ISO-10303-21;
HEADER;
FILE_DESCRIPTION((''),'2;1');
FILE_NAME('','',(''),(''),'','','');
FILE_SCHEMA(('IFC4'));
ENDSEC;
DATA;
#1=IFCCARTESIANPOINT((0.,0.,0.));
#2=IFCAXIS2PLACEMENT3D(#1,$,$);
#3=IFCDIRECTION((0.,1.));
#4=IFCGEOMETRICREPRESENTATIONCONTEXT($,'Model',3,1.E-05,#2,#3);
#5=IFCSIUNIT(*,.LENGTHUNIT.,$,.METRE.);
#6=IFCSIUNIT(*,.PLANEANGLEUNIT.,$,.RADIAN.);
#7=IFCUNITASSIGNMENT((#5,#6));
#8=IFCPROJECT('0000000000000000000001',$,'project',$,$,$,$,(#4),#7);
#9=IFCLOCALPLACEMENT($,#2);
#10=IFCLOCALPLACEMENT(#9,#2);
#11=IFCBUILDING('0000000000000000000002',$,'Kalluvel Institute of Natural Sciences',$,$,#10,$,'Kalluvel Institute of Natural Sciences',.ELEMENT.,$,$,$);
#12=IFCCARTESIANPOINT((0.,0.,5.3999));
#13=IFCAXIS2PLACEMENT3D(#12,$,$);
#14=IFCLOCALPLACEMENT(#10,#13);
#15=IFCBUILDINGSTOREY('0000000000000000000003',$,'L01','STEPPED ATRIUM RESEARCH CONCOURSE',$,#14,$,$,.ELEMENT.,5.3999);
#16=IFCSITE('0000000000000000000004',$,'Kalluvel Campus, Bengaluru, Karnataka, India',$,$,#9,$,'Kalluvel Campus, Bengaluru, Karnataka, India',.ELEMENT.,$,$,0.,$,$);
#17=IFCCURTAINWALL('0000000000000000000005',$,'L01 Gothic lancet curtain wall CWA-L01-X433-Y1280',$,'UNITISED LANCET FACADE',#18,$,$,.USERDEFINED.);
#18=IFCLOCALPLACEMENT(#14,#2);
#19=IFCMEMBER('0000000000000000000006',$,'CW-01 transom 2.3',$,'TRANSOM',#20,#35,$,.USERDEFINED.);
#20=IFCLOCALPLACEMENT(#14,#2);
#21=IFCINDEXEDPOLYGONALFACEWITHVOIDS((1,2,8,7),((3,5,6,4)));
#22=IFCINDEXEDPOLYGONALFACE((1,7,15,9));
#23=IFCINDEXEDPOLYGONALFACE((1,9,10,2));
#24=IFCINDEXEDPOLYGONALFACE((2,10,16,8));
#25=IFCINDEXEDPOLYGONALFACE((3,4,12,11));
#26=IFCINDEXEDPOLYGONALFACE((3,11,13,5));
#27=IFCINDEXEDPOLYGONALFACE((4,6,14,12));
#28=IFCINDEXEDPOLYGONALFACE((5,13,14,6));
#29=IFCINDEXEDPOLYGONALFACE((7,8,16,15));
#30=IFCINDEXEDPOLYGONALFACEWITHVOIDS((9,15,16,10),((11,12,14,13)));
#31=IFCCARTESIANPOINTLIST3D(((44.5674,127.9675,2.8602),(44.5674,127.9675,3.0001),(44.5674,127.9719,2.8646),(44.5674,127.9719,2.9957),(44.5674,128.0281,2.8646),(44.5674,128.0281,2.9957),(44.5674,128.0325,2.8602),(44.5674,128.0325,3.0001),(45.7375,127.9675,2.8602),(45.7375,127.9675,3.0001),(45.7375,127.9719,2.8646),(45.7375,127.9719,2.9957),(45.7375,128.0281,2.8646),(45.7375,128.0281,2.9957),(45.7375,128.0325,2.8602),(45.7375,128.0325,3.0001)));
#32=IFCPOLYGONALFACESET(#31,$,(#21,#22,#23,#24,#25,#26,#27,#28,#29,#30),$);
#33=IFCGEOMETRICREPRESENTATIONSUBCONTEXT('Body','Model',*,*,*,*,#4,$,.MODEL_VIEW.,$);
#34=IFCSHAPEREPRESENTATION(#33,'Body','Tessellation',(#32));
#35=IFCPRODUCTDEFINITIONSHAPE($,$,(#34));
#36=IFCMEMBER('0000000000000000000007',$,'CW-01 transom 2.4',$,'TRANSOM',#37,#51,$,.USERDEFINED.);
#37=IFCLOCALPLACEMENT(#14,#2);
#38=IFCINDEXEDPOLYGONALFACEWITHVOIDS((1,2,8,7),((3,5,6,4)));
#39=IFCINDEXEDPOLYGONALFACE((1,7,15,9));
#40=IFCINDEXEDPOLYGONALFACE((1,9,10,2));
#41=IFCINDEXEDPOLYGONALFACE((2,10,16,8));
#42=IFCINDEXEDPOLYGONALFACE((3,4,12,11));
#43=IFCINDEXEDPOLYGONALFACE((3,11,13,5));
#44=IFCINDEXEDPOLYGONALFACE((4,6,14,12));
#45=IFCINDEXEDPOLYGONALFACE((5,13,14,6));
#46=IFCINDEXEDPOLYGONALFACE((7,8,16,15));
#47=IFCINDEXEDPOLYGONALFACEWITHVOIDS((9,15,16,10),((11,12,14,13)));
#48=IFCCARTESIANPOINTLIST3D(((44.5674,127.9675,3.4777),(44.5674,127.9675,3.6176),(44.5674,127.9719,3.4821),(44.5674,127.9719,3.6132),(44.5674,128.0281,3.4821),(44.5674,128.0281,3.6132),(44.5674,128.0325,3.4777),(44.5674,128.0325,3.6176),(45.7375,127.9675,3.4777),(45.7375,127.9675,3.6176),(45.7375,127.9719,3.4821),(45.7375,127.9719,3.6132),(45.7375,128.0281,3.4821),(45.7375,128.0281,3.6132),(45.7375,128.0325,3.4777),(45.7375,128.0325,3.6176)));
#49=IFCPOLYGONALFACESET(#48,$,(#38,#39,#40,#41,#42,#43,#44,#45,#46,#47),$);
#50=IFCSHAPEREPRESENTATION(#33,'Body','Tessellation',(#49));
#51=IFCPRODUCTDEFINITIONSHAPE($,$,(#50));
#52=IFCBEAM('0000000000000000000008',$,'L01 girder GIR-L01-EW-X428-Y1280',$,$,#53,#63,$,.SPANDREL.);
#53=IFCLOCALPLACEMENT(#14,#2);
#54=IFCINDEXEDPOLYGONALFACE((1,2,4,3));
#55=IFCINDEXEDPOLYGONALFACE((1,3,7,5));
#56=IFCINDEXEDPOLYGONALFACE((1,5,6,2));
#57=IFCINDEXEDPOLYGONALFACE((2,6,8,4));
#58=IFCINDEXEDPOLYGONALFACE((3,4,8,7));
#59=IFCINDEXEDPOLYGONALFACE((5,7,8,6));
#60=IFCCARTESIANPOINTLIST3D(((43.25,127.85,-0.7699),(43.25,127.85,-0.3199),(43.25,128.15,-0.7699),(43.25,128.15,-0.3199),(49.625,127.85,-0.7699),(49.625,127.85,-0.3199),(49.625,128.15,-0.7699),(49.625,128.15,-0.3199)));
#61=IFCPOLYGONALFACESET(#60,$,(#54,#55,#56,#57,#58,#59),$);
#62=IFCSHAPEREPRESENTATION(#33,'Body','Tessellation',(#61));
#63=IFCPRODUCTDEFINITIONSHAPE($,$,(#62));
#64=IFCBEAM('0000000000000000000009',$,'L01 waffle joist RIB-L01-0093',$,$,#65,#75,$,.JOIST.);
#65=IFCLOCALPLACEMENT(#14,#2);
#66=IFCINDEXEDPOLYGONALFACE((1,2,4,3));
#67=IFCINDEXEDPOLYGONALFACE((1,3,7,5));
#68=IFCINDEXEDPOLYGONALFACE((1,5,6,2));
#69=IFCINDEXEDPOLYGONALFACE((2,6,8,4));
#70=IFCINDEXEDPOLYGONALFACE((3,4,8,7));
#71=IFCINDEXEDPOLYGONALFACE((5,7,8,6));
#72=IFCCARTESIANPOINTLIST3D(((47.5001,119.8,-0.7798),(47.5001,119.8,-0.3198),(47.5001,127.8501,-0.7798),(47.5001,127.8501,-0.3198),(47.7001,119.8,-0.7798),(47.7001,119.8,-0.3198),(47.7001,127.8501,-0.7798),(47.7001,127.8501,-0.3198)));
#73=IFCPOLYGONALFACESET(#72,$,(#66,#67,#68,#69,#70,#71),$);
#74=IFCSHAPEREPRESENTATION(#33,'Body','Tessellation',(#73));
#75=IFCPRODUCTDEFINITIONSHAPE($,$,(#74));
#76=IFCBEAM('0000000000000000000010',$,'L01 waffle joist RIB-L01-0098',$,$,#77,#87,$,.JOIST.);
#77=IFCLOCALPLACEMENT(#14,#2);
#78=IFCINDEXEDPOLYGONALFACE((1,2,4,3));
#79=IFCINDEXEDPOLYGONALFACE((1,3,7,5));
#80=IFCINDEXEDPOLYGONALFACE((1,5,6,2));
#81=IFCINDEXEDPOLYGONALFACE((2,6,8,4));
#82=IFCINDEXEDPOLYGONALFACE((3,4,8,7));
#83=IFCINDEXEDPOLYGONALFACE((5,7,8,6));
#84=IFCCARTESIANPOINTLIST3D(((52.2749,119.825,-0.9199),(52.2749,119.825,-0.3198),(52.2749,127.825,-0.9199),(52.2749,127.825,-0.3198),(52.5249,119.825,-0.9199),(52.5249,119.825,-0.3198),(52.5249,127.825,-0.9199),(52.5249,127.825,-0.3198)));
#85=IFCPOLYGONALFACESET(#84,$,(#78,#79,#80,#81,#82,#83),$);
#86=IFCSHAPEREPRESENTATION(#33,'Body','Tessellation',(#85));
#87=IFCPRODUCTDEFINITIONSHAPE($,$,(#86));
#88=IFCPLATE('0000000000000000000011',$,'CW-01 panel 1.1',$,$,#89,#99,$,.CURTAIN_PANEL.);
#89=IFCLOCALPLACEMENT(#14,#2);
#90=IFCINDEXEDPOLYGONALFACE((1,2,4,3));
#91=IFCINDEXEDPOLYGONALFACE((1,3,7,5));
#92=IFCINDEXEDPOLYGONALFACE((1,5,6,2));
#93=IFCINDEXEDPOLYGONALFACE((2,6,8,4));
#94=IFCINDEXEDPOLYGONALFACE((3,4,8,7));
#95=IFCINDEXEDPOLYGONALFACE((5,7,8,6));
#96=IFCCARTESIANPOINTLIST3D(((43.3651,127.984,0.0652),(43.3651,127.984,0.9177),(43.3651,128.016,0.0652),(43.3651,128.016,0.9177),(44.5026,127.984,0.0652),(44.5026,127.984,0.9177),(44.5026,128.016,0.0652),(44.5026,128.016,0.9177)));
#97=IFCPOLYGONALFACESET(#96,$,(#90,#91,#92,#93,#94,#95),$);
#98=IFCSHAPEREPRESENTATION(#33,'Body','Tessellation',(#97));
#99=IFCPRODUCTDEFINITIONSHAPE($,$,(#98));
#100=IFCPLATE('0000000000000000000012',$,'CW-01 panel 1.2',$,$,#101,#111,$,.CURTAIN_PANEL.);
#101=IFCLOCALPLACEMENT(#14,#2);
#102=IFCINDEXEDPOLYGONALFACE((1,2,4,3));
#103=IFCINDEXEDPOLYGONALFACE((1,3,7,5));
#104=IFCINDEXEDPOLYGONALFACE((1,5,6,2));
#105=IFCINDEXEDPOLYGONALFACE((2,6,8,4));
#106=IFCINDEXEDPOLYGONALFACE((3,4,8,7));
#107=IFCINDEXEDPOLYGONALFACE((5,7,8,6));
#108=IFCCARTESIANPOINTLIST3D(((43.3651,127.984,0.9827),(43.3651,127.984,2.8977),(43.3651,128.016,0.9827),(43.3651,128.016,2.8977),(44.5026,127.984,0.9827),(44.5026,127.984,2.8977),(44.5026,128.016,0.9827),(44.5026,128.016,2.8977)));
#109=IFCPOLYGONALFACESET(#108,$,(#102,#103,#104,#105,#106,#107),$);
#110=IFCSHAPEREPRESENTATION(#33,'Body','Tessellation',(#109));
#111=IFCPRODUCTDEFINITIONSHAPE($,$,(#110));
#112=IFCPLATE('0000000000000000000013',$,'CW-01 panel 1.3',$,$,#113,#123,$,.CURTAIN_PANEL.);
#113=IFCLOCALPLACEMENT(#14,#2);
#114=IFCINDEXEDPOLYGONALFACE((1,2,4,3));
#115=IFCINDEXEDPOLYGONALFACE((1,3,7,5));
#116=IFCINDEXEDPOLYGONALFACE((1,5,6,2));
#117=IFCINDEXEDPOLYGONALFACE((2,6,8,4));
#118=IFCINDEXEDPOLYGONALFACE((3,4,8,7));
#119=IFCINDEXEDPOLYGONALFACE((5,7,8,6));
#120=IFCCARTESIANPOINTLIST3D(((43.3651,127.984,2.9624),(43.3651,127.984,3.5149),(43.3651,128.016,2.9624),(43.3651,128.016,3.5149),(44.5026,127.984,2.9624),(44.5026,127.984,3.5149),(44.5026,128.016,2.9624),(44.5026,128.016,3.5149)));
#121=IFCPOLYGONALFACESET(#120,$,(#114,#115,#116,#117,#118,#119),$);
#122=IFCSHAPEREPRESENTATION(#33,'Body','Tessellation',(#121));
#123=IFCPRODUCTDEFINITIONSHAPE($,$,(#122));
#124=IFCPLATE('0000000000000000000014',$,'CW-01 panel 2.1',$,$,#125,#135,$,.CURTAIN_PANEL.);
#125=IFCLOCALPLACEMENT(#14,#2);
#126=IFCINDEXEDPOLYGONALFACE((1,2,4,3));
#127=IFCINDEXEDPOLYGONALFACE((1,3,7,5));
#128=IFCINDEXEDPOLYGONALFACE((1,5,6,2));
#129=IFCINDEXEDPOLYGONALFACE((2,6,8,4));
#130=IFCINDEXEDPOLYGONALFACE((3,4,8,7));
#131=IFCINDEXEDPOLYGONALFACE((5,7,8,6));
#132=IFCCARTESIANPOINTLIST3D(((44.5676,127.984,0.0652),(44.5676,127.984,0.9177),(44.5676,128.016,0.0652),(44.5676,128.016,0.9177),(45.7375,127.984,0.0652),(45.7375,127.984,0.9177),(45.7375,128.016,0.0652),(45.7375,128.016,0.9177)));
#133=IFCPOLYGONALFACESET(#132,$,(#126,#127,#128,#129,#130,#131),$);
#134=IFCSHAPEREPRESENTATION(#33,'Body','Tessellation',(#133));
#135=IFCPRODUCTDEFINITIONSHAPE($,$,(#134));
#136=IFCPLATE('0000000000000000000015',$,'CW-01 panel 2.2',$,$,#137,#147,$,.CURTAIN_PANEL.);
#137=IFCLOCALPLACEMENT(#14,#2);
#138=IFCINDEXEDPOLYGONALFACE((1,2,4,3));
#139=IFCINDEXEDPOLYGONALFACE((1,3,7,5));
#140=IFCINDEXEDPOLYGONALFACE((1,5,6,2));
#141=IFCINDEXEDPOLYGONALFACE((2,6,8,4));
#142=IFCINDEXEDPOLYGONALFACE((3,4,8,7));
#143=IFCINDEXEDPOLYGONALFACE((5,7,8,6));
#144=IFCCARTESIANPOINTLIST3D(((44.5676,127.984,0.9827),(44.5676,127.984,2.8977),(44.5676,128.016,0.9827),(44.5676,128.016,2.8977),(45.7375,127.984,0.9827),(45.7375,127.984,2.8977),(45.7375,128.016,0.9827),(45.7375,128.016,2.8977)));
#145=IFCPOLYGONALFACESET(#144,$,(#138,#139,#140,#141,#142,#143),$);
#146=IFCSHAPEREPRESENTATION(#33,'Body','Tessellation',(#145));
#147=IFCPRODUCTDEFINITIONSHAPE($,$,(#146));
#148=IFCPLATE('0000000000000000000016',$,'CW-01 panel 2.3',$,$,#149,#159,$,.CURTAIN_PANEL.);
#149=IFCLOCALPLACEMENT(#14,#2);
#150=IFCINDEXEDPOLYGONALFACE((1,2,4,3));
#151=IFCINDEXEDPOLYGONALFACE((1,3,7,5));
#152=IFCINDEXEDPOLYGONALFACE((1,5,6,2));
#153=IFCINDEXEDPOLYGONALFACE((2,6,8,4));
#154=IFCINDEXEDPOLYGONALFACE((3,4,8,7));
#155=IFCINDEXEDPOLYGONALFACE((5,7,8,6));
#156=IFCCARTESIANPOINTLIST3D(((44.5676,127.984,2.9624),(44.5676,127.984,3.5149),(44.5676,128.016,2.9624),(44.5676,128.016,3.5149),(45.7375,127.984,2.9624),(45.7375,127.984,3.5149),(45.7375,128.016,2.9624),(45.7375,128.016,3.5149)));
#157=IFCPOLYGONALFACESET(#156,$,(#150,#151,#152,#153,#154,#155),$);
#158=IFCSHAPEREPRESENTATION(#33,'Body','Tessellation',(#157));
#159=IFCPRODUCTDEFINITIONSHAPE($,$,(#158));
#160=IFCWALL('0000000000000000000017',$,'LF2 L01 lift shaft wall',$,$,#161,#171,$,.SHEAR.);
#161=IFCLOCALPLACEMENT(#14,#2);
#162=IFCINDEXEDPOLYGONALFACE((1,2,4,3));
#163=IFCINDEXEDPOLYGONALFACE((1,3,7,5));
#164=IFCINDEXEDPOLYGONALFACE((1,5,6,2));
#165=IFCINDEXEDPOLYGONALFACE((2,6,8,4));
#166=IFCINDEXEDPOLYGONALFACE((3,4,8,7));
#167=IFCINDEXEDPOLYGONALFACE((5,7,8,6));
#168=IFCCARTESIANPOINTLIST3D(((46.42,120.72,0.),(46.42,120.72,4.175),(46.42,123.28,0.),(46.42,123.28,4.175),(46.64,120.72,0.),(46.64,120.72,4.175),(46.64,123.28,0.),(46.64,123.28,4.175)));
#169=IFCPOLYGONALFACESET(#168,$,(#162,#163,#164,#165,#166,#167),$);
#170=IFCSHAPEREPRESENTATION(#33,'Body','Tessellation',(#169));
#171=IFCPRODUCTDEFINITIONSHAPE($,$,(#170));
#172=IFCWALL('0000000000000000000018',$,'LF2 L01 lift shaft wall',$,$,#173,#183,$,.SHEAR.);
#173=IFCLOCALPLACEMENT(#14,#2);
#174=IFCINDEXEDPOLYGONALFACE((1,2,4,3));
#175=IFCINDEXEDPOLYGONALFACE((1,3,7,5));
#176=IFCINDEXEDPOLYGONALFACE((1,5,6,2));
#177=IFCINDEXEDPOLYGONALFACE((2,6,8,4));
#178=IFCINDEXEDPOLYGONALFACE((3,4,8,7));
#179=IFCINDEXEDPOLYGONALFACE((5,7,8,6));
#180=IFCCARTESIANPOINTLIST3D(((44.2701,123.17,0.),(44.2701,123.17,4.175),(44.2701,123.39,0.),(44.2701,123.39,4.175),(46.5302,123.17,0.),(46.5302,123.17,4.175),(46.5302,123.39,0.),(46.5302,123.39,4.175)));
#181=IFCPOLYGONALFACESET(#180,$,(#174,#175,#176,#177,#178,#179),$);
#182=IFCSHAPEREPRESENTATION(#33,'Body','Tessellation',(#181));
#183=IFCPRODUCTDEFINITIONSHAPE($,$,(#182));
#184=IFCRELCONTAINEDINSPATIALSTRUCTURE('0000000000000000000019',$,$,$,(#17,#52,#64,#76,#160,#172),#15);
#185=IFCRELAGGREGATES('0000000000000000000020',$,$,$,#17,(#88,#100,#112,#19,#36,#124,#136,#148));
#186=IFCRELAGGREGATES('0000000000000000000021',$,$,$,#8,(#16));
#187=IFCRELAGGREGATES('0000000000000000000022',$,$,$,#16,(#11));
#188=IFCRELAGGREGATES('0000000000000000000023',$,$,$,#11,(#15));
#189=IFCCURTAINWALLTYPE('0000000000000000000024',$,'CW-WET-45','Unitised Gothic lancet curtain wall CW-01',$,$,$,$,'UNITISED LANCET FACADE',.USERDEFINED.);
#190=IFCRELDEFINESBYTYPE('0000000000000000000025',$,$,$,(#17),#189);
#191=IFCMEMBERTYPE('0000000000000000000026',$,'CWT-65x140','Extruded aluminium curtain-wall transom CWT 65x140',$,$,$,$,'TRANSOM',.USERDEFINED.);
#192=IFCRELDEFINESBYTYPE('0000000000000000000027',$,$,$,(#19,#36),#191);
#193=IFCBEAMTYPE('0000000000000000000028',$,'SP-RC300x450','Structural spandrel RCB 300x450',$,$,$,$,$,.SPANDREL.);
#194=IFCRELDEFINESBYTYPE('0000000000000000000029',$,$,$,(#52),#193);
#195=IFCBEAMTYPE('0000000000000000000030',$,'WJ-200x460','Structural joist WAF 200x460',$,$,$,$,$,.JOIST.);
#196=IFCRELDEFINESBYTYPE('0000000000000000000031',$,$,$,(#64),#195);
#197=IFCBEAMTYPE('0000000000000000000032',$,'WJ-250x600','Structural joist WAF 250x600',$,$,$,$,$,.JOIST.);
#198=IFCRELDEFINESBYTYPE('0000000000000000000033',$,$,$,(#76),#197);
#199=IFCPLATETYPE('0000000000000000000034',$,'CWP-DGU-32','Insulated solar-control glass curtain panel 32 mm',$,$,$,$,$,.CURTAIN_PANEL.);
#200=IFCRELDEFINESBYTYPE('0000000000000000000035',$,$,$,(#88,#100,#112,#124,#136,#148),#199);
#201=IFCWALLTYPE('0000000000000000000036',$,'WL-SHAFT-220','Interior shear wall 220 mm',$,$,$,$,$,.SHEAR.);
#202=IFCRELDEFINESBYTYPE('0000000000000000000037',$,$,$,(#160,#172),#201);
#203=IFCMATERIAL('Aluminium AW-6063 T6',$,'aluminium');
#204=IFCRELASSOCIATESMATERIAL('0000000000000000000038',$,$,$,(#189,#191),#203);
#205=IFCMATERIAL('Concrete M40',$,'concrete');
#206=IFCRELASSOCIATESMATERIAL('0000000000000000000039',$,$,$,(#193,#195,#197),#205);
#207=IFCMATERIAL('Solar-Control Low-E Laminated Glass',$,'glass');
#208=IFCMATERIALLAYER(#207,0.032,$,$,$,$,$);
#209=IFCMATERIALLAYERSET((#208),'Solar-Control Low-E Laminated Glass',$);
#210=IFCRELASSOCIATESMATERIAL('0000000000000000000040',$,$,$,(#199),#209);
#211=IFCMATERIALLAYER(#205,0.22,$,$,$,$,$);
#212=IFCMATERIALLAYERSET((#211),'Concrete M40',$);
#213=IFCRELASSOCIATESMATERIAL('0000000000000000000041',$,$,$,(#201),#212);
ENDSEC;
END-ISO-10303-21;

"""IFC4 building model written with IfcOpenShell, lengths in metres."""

from ifc_helpers import new_model, si_unit, direction, frame, frame_2d, origin, origin_2d, place, context, subcontext, project, spatial, rectangle, hollow_rectangle, extrude, material, layer, layer_set, material_profile, profile_set, type_object, element, aggregate, save


model = new_model("IFC4")

# Units and contexts
model_context = context("Model", 3, precision=1e-05, world=origin(), true_north=direction((0.0, 1.0)))
body_context = subcontext(model_context, "Body", "Model", "MODEL_VIEW")
ifc_project = project(units=[si_unit("LENGTHUNIT", "METRE"), si_unit("PLANEANGLEUNIT", "RADIAN")], contexts=[model_context])

# Site, building, storey
site_placement = place(None, origin())
site = spatial("IfcSite", under=ifc_project, at=site_placement, Name="Kalluvel Campus, Bengaluru, Karnataka, India", LongName="Kalluvel Campus, Bengaluru, Karnataka, India", CompositionType="ELEMENT", RefElevation=0.0)
building_placement = place(site_placement, origin())
building = spatial("IfcBuilding", under=site, at=building_placement, Name="Kalluvel Institute of Natural Sciences", LongName="Kalluvel Institute of Natural Sciences", CompositionType="ELEMENT")
storey_placement = place(building_placement, frame((0.0, 0.0, 5.3999)))
storey = spatial("IfcBuildingStorey", under=building, at=storey_placement, Name="L01", Description="STEPPED ATRIUM RESEARCH CONCOURSE", CompositionType="ELEMENT", Elevation=5.3999)

# Curtain wall, members
ifc_material_1 = material(Name="Aluminium AW-6063 T6", Category="aluminium")
curtain_wall_type = type_object("IfcCurtainWallType", Name="CW-WET-45", Description="Unitised Gothic lancet curtain wall CW-01", ElementType="UNITISED LANCET FACADE", PredefinedType="USERDEFINED", material=ifc_material_1)
curtain_wall_placement = place(storey_placement, origin())
curtain_wall = element("IfcCurtainWall", 1, at=curtain_wall_placement, inside=storey, type_object=curtain_wall_type, Name="L01 Gothic lancet curtain wall CWA-L01-X433-Y1280", ObjectType="UNITISED LANCET FACADE", PredefinedType="USERDEFINED")
ifc_material_profile_1 = material_profile(ifc_material_1, hollow_rectangle(XDim=0.0649, YDim=0.1399, WallThickness=0.0044, at=origin_2d()), Name="CWT 65x140")
ifc_profile_set_1 = profile_set([ifc_material_profile_1], Name="Aluminium AW-6063 T6")
member_type_1 = type_object("IfcMemberType", Name="CWT-65x140", Description="Extruded aluminium curtain-wall transom CWT 65x140", ElementType="TRANSOM", PredefinedType="USERDEFINED", material=ifc_profile_set_1)
member_1_placement = place(storey_placement, frame((44.5674, 128.0, 2.9302), z_axis=(1.0, 0.0, 0.0), x_axis=(0.0, 1.0, 0.0)))
member_1 = element("IfcMember", 2, at=member_1_placement, type_object=member_type_1, Name="CW-01 transom 2.3", ObjectType="TRANSOM", PredefinedType="USERDEFINED", context=body_context, shape_type="SweptSolid", body=[
    extrude(hollow_rectangle(XDim=0.0649, YDim=0.1399, WallThickness=0.0044, at=origin_2d()), origin(), (0.0, 0.0, 1.0), 1.1702),
])
member_2_placement = place(storey_placement, frame((44.5674, 128.0, 3.5476), z_axis=(1.0, 0.0, 0.0), x_axis=(0.0, 1.0, 0.0)))
member_2 = element("IfcMember", 3, at=member_2_placement, type_object=member_type_1, Name="CW-01 transom 2.4", ObjectType="TRANSOM", PredefinedType="USERDEFINED", context=body_context, shape_type="SweptSolid", body=[
    extrude(hollow_rectangle(XDim=0.0649, YDim=0.1399, WallThickness=0.0044, at=origin_2d()), origin(), (0.0, 0.0, 1.0), 1.1702),
])

# Beams
ifc_material_2 = material(Name="Concrete M40", Category="concrete")
ifc_material_profile_2 = material_profile(ifc_material_2, rectangle(XDim=0.3, YDim=0.45, at=origin_2d()), Name="RCB 300x450")
ifc_profile_set_2 = profile_set([ifc_material_profile_2], Name="Concrete M40")
beam_type_1 = type_object("IfcBeamType", Name="SP-RC300x450", Description="Structural spandrel RCB 300x450", PredefinedType="SPANDREL", material=ifc_profile_set_2)
beam_1_placement = place(storey_placement, frame((43.25, 128.0, -0.5449), z_axis=(1.0, 0.0, 0.0), x_axis=(0.0, 1.0, 0.0)))
element("IfcBeam", 4, at=beam_1_placement, inside=storey, type_object=beam_type_1, Name="L01 girder GIR-L01-EW-X428-Y1280", PredefinedType="SPANDREL", context=body_context, shape_type="SweptSolid", body=[
    extrude(rectangle(XDim=0.3, YDim=0.45, at=origin_2d()), origin(), (0.0, 0.0, 1.0), 6.375),
])
ifc_material_profile_3 = material_profile(ifc_material_2, rectangle(XDim=0.2, YDim=0.46, at=origin_2d()), Name="WAF 200x460")
ifc_profile_set_3 = profile_set([ifc_material_profile_3], Name="Concrete M40")
beam_type_2 = type_object("IfcBeamType", Name="WJ-200x460", Description="Structural joist WAF 200x460", PredefinedType="JOIST", material=ifc_profile_set_3)
beam_2_placement = place(storey_placement, frame((47.6001, 119.8, -0.5498), z_axis=(0.0, 1.0, 0.0), x_axis=(-1.0, 0.0, 0.0)))
element("IfcBeam", 5, at=beam_2_placement, inside=storey, type_object=beam_type_2, Name="L01 waffle joist RIB-L01-0093", PredefinedType="JOIST", context=body_context, shape_type="SweptSolid", body=[
    extrude(rectangle(XDim=0.2, YDim=0.46, at=origin_2d()), origin(), (0.0, 0.0, 1.0), 8.05),
])
ifc_material_profile_4 = material_profile(ifc_material_2, rectangle(XDim=0.25, YDim=0.6001, at=origin_2d()), Name="WAF 250x600")
ifc_profile_set_4 = profile_set([ifc_material_profile_4], Name="Concrete M40")
beam_type_3 = type_object("IfcBeamType", Name="WJ-250x600", Description="Structural joist WAF 250x600", PredefinedType="JOIST", material=ifc_profile_set_4)
beam_3_placement = place(storey_placement, frame((52.3999, 119.825, -0.6199), z_axis=(0.0, 1.0, 0.0), x_axis=(-1.0, 0.0, 0.0)))
element("IfcBeam", 6, at=beam_3_placement, inside=storey, type_object=beam_type_3, Name="L01 waffle joist RIB-L01-0098", PredefinedType="JOIST", context=body_context, shape_type="SweptSolid", body=[
    extrude(rectangle(XDim=0.25, YDim=0.6001, at=origin_2d()), origin(), (0.0, 0.0, 1.0), 8.0),
])

# Plates
ifc_material_3 = material(Name="Solar-Control Low-E Laminated Glass", Category="glass")
ifc_layer_1 = layer(ifc_material_3, 0.032)
ifc_layer_set_1 = layer_set([ifc_layer_1], Name="Solar-Control Low-E Laminated Glass")
plate_type = type_object("IfcPlateType", Name="CWP-DGU-32", Description="Insulated solar-control glass curtain panel 32 mm", PredefinedType="CURTAIN_PANEL", material=ifc_layer_set_1)
plate_1_placement = place(storey_placement, frame((43.9338, 128.0, 0.0652), z_axis=(0.0, 0.0, 1.0), x_axis=(1.0, 0.0, 0.0)))
plate_1 = element("IfcPlate", 7, at=plate_1_placement, type_object=plate_type, Name="CW-01 panel 1.1", PredefinedType="CURTAIN_PANEL", context=body_context, shape_type="SweptSolid", body=[
    extrude(rectangle(XDim=1.1375, YDim=0.032, at=origin_2d()), origin(), (0.0, 0.0, 1.0), 0.8525),
])
plate_2_placement = place(storey_placement, frame((43.9338, 128.0, 0.9827), z_axis=(0.0, 0.0, 1.0), x_axis=(1.0, 0.0, 0.0)))
plate_2 = element("IfcPlate", 8, at=plate_2_placement, type_object=plate_type, Name="CW-01 panel 1.2", PredefinedType="CURTAIN_PANEL", context=body_context, shape_type="SweptSolid", body=[
    extrude(rectangle(XDim=1.1375, YDim=0.032, at=origin_2d()), origin(), (0.0, 0.0, 1.0), 1.915),
])
plate_3_placement = place(storey_placement, frame((43.9338, 128.0, 2.9624), z_axis=(0.0, 0.0, 1.0), x_axis=(1.0, 0.0, 0.0)))
plate_3 = element("IfcPlate", 9, at=plate_3_placement, type_object=plate_type, Name="CW-01 panel 1.3", PredefinedType="CURTAIN_PANEL", context=body_context, shape_type="SweptSolid", body=[
    extrude(rectangle(XDim=1.1375, YDim=0.032, at=origin_2d()), origin(), (0.0, 0.0, 1.0), 0.5525),
])
plate_4_placement = place(storey_placement, frame((45.1526, 128.0, 0.0652), z_axis=(0.0, 0.0, 1.0), x_axis=(1.0, 0.0, 0.0)))
plate_4 = element("IfcPlate", 10, at=plate_4_placement, type_object=plate_type, Name="CW-01 panel 2.1", PredefinedType="CURTAIN_PANEL", context=body_context, shape_type="SweptSolid", body=[
    extrude(rectangle(XDim=1.1699, YDim=0.032, at=origin_2d()), origin(), (0.0, 0.0, 1.0), 0.8525),
])
plate_5_placement = place(storey_placement, frame((45.1526, 128.0, 0.9827), z_axis=(0.0, 0.0, 1.0), x_axis=(1.0, 0.0, 0.0)))
plate_5 = element("IfcPlate", 11, at=plate_5_placement, type_object=plate_type, Name="CW-01 panel 2.2", PredefinedType="CURTAIN_PANEL", context=body_context, shape_type="SweptSolid", body=[
    extrude(rectangle(XDim=1.1699, YDim=0.032, at=origin_2d()), origin(), (0.0, 0.0, 1.0), 1.915),
])
plate_6_placement = place(storey_placement, frame((45.1526, 128.0, 2.9624), z_axis=(0.0, 0.0, 1.0), x_axis=(1.0, 0.0, 0.0)))
plate_6 = element("IfcPlate", 12, at=plate_6_placement, type_object=plate_type, Name="CW-01 panel 2.3", PredefinedType="CURTAIN_PANEL", context=body_context, shape_type="SweptSolid", body=[
    extrude(rectangle(XDim=1.1699, YDim=0.032, at=origin_2d()), origin(), (0.0, 0.0, 1.0), 0.5525),
])
aggregate(curtain_wall, [plate_1, plate_2, plate_3, member_1, member_2, plate_4, plate_5, plate_6])

# Shared definitions
ifc_layer_2 = layer(ifc_material_2, 0.22)
ifc_layer_set_2 = layer_set([ifc_layer_2], Name="Concrete M40")
wall_type = type_object("IfcWallType", Name="WL-SHAFT-220", Description="Interior shear wall 220 mm", PredefinedType="SHEAR", material=ifc_layer_set_2)

# Walls
wall_1_placement = place(storey_placement, frame((46.53, 120.72, 0.0), z_axis=(0.0, 0.0, 1.0), x_axis=(0.0, 1.0, 0.0)))
element("IfcWall", 13, at=wall_1_placement, inside=storey, type_object=wall_type, Name="LF2 L01 lift shaft wall", PredefinedType="SHEAR", context=body_context, shape_type="SweptSolid", body=[
    extrude(rectangle(XDim=2.5601, YDim=0.22, at=frame_2d((1.28, 0.0))), origin(), (0.0, 0.0, 1.0), 4.175),
])
wall_2_placement = place(storey_placement, frame((46.53, 123.28, 0.0), z_axis=(0.0, 0.0, 1.0), x_axis=(-1.0, 0.0, 0.0)))
element("IfcWall", 14, at=wall_2_placement, inside=storey, type_object=wall_type, Name="LF2 L01 lift shaft wall", PredefinedType="SHEAR", context=body_context, shape_type="SweptSolid", body=[
    extrude(rectangle(XDim=2.26, YDim=0.22, at=frame_2d((1.1299, 0.0))), origin(), (0.0, 0.0, 1.0), 4.175),
])

save(model, "model.ifc")
